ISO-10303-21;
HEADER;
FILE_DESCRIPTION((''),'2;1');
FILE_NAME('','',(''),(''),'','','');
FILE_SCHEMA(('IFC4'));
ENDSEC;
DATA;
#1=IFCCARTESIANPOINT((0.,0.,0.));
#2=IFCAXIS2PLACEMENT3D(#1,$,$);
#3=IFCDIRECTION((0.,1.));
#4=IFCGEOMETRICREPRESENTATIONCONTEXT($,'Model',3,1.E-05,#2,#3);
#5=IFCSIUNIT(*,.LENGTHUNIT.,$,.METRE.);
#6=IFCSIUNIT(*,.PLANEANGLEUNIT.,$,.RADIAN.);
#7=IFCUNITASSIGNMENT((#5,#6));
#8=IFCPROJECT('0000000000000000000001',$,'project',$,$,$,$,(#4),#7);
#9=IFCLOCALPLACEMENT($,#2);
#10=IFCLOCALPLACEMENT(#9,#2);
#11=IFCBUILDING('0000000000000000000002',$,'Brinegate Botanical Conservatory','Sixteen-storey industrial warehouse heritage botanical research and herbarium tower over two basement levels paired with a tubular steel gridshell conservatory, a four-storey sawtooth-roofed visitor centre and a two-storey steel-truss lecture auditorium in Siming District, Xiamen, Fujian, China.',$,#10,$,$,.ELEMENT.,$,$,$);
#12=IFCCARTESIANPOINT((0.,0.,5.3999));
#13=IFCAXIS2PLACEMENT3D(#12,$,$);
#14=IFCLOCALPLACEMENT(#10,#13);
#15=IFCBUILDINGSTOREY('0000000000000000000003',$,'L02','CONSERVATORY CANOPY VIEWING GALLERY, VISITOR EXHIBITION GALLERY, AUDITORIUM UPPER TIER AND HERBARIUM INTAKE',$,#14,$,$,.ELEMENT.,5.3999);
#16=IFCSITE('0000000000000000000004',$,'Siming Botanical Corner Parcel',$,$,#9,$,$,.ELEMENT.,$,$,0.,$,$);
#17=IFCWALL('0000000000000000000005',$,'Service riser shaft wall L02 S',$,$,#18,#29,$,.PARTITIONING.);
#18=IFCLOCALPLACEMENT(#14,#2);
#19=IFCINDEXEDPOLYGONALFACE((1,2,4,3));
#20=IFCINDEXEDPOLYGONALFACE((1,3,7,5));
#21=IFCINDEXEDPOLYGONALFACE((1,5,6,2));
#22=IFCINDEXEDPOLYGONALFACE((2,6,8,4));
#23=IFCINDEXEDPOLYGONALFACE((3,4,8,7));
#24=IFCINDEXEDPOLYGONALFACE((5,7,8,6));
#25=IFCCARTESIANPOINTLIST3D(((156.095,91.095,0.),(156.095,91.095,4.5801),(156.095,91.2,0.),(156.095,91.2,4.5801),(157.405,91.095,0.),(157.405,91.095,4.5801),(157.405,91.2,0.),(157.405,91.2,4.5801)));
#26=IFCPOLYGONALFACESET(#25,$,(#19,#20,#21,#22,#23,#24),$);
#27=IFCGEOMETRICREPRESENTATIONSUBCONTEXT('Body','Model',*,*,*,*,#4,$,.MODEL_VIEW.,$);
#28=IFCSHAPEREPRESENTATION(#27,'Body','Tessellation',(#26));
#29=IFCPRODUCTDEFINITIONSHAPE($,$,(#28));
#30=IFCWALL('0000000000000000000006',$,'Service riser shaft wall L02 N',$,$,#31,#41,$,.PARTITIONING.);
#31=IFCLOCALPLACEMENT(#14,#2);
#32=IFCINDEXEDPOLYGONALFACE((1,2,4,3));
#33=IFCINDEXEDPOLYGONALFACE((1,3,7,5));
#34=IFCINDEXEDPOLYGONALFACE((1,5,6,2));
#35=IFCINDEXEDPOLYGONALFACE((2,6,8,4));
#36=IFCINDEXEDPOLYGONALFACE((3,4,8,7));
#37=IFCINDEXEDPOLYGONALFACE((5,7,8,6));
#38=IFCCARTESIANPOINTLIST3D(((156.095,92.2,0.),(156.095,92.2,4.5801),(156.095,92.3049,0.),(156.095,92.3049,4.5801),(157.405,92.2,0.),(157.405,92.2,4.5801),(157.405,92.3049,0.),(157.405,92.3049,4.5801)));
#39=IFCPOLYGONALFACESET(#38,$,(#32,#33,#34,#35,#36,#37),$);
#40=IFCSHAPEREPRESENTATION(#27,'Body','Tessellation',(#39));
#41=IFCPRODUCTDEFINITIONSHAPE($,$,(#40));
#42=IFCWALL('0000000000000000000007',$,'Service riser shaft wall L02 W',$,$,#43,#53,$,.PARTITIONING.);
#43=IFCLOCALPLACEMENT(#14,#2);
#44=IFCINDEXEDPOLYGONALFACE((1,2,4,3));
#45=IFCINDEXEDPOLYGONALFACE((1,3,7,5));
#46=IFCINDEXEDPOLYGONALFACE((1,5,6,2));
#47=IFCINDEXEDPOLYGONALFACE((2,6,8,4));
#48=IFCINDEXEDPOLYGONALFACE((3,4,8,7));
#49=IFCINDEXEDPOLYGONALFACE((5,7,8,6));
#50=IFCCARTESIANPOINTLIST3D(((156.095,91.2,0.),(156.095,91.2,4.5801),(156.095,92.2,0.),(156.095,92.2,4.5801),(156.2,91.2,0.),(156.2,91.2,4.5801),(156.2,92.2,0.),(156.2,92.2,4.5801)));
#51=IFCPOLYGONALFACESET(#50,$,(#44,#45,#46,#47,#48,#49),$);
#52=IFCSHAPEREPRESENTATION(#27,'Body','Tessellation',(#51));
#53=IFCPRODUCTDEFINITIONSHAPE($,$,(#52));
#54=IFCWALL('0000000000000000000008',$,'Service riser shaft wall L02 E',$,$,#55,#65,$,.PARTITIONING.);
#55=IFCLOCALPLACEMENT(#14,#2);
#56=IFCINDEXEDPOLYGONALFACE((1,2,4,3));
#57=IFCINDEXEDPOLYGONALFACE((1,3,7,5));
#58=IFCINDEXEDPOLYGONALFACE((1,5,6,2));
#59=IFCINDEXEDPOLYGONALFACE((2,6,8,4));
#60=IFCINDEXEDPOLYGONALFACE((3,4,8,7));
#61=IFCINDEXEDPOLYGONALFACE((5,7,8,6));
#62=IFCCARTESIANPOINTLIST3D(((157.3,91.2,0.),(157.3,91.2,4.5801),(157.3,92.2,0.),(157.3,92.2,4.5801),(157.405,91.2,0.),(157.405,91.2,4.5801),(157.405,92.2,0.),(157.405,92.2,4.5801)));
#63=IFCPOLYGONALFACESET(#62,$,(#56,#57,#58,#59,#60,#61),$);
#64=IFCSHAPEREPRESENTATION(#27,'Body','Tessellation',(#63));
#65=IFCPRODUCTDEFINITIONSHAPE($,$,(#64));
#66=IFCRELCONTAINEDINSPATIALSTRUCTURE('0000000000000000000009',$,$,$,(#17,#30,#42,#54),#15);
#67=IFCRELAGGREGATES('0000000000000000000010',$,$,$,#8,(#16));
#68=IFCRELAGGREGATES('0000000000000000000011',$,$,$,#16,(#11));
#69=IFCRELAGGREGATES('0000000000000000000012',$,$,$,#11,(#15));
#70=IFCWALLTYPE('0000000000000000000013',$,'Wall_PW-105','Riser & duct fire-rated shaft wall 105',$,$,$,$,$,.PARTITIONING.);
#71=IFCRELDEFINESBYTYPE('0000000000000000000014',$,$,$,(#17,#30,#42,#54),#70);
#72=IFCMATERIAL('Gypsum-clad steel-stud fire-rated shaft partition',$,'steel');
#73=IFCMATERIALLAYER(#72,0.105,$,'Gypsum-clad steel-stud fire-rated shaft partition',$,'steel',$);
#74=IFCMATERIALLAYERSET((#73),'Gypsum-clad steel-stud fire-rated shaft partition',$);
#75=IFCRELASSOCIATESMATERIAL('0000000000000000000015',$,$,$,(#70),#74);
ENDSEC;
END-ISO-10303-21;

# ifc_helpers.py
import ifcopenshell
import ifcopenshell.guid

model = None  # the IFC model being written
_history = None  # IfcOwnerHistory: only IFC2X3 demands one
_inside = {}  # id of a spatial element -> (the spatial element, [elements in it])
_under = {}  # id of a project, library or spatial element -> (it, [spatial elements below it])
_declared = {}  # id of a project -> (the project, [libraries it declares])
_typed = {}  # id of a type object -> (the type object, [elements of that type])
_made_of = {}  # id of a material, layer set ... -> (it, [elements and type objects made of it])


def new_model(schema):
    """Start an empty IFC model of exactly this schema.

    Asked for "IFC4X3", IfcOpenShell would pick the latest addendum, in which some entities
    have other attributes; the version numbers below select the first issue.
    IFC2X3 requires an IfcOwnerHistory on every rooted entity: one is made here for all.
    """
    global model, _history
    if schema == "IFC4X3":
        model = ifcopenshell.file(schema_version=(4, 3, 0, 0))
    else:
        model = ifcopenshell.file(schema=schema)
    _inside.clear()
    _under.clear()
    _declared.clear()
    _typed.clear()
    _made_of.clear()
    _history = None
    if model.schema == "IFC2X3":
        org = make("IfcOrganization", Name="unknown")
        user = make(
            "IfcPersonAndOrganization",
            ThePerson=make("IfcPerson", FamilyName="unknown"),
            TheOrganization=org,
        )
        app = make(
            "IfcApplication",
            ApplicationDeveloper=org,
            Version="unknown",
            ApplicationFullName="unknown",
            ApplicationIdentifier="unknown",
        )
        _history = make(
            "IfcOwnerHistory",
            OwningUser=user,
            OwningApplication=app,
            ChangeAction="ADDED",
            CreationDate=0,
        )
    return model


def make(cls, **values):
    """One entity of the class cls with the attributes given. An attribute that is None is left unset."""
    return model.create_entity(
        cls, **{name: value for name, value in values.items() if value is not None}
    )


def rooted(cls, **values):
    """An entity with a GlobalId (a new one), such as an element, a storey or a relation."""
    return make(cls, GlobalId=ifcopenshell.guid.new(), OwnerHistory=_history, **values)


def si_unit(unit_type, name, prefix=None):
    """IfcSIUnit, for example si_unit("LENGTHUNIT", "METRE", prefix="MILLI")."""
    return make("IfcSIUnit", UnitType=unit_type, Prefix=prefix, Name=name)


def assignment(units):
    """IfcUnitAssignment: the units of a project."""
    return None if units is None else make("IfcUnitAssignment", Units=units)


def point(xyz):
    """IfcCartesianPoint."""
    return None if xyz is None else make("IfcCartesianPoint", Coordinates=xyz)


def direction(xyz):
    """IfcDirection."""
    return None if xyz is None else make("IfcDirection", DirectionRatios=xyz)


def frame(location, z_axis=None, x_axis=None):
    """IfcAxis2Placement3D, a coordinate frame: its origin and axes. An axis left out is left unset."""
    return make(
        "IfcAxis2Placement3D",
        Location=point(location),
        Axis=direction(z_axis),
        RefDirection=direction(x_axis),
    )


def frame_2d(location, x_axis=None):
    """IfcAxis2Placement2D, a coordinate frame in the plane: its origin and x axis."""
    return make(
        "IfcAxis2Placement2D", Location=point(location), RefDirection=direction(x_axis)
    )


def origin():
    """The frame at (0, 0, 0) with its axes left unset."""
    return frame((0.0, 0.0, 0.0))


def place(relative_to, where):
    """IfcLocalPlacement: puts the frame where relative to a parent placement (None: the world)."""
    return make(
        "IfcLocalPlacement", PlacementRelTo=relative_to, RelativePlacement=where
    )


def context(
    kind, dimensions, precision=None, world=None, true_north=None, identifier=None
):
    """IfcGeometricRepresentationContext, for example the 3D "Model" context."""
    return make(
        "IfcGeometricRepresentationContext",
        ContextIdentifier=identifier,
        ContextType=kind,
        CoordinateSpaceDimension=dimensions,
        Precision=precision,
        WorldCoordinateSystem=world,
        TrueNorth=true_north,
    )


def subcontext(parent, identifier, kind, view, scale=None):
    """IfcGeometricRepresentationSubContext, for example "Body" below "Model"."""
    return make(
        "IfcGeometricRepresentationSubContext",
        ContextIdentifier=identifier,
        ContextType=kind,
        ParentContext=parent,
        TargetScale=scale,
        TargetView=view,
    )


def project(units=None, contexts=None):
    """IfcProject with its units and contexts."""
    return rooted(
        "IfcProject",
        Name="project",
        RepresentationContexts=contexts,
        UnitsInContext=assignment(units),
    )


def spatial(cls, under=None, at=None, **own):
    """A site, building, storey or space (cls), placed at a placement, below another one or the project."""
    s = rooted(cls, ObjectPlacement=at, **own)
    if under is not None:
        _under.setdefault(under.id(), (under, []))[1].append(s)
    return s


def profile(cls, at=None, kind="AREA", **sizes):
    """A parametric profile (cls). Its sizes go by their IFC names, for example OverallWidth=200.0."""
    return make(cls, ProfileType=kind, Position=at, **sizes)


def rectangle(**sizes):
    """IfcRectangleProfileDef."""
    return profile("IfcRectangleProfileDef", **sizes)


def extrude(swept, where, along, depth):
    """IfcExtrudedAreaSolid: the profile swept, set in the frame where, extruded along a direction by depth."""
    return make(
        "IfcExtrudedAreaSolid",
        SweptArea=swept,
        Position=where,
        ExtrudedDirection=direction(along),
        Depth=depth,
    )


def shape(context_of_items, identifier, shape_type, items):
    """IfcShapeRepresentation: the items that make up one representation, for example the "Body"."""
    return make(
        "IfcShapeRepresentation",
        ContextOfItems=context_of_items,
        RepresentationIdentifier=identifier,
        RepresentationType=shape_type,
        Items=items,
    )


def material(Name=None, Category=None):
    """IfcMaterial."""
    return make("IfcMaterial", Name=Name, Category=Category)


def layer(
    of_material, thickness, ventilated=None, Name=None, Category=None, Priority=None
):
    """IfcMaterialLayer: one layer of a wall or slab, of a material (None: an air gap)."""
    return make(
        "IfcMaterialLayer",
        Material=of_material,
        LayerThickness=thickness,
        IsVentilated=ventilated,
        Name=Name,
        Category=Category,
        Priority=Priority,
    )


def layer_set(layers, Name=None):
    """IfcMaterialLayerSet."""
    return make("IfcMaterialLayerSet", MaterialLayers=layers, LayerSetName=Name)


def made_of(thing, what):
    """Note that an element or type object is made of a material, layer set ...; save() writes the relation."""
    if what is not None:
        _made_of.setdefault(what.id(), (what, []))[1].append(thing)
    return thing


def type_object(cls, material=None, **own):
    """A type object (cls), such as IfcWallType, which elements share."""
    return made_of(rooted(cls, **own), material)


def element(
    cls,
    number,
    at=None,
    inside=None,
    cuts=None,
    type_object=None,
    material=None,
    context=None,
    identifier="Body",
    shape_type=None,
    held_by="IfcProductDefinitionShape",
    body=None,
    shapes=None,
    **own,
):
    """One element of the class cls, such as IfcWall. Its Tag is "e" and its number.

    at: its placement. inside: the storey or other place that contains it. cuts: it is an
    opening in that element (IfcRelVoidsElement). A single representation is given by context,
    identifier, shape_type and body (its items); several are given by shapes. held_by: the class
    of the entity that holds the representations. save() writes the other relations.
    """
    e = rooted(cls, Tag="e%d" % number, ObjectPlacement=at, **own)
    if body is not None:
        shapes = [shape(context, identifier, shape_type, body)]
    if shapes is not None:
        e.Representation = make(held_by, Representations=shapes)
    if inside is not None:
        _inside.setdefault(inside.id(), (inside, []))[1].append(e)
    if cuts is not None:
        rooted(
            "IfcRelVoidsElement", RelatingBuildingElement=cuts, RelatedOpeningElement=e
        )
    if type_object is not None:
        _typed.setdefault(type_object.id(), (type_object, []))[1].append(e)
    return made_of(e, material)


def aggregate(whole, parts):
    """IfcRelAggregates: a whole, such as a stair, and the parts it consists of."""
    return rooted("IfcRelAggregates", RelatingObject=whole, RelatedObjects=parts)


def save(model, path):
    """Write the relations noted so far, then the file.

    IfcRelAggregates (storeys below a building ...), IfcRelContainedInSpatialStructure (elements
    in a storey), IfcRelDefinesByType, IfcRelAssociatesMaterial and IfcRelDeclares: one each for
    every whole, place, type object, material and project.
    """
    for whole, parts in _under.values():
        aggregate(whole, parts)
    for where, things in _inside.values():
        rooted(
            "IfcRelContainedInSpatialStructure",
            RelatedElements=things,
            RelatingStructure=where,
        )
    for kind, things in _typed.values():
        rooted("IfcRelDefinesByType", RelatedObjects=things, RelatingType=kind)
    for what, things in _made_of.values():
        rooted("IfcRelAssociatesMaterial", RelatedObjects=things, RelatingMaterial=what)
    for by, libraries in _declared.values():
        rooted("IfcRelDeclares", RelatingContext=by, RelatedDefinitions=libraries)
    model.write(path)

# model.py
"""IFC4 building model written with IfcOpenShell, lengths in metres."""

from ifc_helpers import new_model, si_unit, direction, frame, frame_2d, origin, place, context, subcontext, project, spatial, rectangle, extrude, material, layer, layer_set, type_object, element, save


model = new_model("IFC4")

# Units and contexts
model_context = context("Model", 3, precision=1e-05, world=origin(), true_north=direction((0.0, 1.0)))
body_context = subcontext(model_context, "Body", "Model", "MODEL_VIEW")
ifc_project = project(units=[si_unit("LENGTHUNIT", "METRE"), si_unit("PLANEANGLEUNIT", "RADIAN")], contexts=[model_context])

# Site, building, storey
site_placement = place(None, origin())
site = spatial("IfcSite", under=ifc_project, at=site_placement, Name="Siming Botanical Corner Parcel", CompositionType="ELEMENT", RefElevation=0.0)
building_placement = place(site_placement, origin())
building = spatial("IfcBuilding", under=site, at=building_placement, Name="Brinegate Botanical Conservatory", Description="Sixteen-storey industrial warehouse heritage botanical research and herbarium tower over two basement levels paired with a tubular steel gridshell conservatory, a four-storey sawtooth-roofed visitor centre and a two-storey steel-truss lecture auditorium in Siming District, Xiamen, Fujian, China.", CompositionType="ELEMENT")
storey_placement = place(building_placement, frame((0.0, 0.0, 5.3999)))
storey = spatial("IfcBuildingStorey", under=building, at=storey_placement, Name="L02", Description="CONSERVATORY CANOPY VIEWING GALLERY, VISITOR EXHIBITION GALLERY, AUDITORIUM UPPER TIER AND HERBARIUM INTAKE", CompositionType="ELEMENT", Elevation=5.3999)

# Walls
ifc_material_1 = material(Name="Gypsum-clad steel-stud fire-rated shaft partition", Category="steel")
ifc_layer_1 = layer(ifc_material_1, 0.105, Name="Gypsum-clad steel-stud fire-rated shaft partition", Category="steel")
ifc_layer_set_1 = layer_set([ifc_layer_1], Name="Gypsum-clad steel-stud fire-rated shaft partition")
wall_type_1 = type_object("IfcWallType", Name="Wall_PW-105", Description="Riser & duct fire-rated shaft wall 105", PredefinedType="PARTITIONING", material=ifc_layer_set_1)
for number, where, z_axis, x_axis, name in (
    (1, (156.095, 91.1475, 0.0), (0.0, 0.0, 1.0), (1.0, 0.0, 0.0), "Service riser shaft wall L02 S"),
    (2, (156.095, 92.2524, 0.0), (0.0, 0.0, 1.0), (1.0, 0.0, 0.0), "Service riser shaft wall L02 N"),
):
    element("IfcWall", number, at=place(storey_placement, frame(where, z_axis=z_axis, x_axis=x_axis)), inside=storey, type_object=wall_type_1, Name=name, PredefinedType="PARTITIONING", context=body_context, shape_type="SweptSolid", body=[
        extrude(rectangle(XDim=1.3101, YDim=0.105, at=frame_2d((0.655, 0.0))), origin(), (0.0, 0.0, 1.0), 4.5801),
    ])
for number, where, z_axis, x_axis, name in (
    (3, (156.1475, 91.2, 0.0), (0.0, 0.0, 1.0), (0.0, 1.0, 0.0), "Service riser shaft wall L02 W"),
    (4, (157.3525, 91.2, 0.0), (0.0, 0.0, 1.0), (0.0, 1.0, 0.0), "Service riser shaft wall L02 E"),
):
    element("IfcWall", number, at=place(storey_placement, frame(where, z_axis=z_axis, x_axis=x_axis)), inside=storey, type_object=wall_type_1, Name=name, PredefinedType="PARTITIONING", context=body_context, shape_type="SweptSolid", body=[
        extrude(rectangle(XDim=1.0, YDim=0.105, at=frame_2d((0.5, 0.0))), origin(), (0.0, 0.0, 1.0), 4.5801),
    ])

save(model, "model.ifc")
